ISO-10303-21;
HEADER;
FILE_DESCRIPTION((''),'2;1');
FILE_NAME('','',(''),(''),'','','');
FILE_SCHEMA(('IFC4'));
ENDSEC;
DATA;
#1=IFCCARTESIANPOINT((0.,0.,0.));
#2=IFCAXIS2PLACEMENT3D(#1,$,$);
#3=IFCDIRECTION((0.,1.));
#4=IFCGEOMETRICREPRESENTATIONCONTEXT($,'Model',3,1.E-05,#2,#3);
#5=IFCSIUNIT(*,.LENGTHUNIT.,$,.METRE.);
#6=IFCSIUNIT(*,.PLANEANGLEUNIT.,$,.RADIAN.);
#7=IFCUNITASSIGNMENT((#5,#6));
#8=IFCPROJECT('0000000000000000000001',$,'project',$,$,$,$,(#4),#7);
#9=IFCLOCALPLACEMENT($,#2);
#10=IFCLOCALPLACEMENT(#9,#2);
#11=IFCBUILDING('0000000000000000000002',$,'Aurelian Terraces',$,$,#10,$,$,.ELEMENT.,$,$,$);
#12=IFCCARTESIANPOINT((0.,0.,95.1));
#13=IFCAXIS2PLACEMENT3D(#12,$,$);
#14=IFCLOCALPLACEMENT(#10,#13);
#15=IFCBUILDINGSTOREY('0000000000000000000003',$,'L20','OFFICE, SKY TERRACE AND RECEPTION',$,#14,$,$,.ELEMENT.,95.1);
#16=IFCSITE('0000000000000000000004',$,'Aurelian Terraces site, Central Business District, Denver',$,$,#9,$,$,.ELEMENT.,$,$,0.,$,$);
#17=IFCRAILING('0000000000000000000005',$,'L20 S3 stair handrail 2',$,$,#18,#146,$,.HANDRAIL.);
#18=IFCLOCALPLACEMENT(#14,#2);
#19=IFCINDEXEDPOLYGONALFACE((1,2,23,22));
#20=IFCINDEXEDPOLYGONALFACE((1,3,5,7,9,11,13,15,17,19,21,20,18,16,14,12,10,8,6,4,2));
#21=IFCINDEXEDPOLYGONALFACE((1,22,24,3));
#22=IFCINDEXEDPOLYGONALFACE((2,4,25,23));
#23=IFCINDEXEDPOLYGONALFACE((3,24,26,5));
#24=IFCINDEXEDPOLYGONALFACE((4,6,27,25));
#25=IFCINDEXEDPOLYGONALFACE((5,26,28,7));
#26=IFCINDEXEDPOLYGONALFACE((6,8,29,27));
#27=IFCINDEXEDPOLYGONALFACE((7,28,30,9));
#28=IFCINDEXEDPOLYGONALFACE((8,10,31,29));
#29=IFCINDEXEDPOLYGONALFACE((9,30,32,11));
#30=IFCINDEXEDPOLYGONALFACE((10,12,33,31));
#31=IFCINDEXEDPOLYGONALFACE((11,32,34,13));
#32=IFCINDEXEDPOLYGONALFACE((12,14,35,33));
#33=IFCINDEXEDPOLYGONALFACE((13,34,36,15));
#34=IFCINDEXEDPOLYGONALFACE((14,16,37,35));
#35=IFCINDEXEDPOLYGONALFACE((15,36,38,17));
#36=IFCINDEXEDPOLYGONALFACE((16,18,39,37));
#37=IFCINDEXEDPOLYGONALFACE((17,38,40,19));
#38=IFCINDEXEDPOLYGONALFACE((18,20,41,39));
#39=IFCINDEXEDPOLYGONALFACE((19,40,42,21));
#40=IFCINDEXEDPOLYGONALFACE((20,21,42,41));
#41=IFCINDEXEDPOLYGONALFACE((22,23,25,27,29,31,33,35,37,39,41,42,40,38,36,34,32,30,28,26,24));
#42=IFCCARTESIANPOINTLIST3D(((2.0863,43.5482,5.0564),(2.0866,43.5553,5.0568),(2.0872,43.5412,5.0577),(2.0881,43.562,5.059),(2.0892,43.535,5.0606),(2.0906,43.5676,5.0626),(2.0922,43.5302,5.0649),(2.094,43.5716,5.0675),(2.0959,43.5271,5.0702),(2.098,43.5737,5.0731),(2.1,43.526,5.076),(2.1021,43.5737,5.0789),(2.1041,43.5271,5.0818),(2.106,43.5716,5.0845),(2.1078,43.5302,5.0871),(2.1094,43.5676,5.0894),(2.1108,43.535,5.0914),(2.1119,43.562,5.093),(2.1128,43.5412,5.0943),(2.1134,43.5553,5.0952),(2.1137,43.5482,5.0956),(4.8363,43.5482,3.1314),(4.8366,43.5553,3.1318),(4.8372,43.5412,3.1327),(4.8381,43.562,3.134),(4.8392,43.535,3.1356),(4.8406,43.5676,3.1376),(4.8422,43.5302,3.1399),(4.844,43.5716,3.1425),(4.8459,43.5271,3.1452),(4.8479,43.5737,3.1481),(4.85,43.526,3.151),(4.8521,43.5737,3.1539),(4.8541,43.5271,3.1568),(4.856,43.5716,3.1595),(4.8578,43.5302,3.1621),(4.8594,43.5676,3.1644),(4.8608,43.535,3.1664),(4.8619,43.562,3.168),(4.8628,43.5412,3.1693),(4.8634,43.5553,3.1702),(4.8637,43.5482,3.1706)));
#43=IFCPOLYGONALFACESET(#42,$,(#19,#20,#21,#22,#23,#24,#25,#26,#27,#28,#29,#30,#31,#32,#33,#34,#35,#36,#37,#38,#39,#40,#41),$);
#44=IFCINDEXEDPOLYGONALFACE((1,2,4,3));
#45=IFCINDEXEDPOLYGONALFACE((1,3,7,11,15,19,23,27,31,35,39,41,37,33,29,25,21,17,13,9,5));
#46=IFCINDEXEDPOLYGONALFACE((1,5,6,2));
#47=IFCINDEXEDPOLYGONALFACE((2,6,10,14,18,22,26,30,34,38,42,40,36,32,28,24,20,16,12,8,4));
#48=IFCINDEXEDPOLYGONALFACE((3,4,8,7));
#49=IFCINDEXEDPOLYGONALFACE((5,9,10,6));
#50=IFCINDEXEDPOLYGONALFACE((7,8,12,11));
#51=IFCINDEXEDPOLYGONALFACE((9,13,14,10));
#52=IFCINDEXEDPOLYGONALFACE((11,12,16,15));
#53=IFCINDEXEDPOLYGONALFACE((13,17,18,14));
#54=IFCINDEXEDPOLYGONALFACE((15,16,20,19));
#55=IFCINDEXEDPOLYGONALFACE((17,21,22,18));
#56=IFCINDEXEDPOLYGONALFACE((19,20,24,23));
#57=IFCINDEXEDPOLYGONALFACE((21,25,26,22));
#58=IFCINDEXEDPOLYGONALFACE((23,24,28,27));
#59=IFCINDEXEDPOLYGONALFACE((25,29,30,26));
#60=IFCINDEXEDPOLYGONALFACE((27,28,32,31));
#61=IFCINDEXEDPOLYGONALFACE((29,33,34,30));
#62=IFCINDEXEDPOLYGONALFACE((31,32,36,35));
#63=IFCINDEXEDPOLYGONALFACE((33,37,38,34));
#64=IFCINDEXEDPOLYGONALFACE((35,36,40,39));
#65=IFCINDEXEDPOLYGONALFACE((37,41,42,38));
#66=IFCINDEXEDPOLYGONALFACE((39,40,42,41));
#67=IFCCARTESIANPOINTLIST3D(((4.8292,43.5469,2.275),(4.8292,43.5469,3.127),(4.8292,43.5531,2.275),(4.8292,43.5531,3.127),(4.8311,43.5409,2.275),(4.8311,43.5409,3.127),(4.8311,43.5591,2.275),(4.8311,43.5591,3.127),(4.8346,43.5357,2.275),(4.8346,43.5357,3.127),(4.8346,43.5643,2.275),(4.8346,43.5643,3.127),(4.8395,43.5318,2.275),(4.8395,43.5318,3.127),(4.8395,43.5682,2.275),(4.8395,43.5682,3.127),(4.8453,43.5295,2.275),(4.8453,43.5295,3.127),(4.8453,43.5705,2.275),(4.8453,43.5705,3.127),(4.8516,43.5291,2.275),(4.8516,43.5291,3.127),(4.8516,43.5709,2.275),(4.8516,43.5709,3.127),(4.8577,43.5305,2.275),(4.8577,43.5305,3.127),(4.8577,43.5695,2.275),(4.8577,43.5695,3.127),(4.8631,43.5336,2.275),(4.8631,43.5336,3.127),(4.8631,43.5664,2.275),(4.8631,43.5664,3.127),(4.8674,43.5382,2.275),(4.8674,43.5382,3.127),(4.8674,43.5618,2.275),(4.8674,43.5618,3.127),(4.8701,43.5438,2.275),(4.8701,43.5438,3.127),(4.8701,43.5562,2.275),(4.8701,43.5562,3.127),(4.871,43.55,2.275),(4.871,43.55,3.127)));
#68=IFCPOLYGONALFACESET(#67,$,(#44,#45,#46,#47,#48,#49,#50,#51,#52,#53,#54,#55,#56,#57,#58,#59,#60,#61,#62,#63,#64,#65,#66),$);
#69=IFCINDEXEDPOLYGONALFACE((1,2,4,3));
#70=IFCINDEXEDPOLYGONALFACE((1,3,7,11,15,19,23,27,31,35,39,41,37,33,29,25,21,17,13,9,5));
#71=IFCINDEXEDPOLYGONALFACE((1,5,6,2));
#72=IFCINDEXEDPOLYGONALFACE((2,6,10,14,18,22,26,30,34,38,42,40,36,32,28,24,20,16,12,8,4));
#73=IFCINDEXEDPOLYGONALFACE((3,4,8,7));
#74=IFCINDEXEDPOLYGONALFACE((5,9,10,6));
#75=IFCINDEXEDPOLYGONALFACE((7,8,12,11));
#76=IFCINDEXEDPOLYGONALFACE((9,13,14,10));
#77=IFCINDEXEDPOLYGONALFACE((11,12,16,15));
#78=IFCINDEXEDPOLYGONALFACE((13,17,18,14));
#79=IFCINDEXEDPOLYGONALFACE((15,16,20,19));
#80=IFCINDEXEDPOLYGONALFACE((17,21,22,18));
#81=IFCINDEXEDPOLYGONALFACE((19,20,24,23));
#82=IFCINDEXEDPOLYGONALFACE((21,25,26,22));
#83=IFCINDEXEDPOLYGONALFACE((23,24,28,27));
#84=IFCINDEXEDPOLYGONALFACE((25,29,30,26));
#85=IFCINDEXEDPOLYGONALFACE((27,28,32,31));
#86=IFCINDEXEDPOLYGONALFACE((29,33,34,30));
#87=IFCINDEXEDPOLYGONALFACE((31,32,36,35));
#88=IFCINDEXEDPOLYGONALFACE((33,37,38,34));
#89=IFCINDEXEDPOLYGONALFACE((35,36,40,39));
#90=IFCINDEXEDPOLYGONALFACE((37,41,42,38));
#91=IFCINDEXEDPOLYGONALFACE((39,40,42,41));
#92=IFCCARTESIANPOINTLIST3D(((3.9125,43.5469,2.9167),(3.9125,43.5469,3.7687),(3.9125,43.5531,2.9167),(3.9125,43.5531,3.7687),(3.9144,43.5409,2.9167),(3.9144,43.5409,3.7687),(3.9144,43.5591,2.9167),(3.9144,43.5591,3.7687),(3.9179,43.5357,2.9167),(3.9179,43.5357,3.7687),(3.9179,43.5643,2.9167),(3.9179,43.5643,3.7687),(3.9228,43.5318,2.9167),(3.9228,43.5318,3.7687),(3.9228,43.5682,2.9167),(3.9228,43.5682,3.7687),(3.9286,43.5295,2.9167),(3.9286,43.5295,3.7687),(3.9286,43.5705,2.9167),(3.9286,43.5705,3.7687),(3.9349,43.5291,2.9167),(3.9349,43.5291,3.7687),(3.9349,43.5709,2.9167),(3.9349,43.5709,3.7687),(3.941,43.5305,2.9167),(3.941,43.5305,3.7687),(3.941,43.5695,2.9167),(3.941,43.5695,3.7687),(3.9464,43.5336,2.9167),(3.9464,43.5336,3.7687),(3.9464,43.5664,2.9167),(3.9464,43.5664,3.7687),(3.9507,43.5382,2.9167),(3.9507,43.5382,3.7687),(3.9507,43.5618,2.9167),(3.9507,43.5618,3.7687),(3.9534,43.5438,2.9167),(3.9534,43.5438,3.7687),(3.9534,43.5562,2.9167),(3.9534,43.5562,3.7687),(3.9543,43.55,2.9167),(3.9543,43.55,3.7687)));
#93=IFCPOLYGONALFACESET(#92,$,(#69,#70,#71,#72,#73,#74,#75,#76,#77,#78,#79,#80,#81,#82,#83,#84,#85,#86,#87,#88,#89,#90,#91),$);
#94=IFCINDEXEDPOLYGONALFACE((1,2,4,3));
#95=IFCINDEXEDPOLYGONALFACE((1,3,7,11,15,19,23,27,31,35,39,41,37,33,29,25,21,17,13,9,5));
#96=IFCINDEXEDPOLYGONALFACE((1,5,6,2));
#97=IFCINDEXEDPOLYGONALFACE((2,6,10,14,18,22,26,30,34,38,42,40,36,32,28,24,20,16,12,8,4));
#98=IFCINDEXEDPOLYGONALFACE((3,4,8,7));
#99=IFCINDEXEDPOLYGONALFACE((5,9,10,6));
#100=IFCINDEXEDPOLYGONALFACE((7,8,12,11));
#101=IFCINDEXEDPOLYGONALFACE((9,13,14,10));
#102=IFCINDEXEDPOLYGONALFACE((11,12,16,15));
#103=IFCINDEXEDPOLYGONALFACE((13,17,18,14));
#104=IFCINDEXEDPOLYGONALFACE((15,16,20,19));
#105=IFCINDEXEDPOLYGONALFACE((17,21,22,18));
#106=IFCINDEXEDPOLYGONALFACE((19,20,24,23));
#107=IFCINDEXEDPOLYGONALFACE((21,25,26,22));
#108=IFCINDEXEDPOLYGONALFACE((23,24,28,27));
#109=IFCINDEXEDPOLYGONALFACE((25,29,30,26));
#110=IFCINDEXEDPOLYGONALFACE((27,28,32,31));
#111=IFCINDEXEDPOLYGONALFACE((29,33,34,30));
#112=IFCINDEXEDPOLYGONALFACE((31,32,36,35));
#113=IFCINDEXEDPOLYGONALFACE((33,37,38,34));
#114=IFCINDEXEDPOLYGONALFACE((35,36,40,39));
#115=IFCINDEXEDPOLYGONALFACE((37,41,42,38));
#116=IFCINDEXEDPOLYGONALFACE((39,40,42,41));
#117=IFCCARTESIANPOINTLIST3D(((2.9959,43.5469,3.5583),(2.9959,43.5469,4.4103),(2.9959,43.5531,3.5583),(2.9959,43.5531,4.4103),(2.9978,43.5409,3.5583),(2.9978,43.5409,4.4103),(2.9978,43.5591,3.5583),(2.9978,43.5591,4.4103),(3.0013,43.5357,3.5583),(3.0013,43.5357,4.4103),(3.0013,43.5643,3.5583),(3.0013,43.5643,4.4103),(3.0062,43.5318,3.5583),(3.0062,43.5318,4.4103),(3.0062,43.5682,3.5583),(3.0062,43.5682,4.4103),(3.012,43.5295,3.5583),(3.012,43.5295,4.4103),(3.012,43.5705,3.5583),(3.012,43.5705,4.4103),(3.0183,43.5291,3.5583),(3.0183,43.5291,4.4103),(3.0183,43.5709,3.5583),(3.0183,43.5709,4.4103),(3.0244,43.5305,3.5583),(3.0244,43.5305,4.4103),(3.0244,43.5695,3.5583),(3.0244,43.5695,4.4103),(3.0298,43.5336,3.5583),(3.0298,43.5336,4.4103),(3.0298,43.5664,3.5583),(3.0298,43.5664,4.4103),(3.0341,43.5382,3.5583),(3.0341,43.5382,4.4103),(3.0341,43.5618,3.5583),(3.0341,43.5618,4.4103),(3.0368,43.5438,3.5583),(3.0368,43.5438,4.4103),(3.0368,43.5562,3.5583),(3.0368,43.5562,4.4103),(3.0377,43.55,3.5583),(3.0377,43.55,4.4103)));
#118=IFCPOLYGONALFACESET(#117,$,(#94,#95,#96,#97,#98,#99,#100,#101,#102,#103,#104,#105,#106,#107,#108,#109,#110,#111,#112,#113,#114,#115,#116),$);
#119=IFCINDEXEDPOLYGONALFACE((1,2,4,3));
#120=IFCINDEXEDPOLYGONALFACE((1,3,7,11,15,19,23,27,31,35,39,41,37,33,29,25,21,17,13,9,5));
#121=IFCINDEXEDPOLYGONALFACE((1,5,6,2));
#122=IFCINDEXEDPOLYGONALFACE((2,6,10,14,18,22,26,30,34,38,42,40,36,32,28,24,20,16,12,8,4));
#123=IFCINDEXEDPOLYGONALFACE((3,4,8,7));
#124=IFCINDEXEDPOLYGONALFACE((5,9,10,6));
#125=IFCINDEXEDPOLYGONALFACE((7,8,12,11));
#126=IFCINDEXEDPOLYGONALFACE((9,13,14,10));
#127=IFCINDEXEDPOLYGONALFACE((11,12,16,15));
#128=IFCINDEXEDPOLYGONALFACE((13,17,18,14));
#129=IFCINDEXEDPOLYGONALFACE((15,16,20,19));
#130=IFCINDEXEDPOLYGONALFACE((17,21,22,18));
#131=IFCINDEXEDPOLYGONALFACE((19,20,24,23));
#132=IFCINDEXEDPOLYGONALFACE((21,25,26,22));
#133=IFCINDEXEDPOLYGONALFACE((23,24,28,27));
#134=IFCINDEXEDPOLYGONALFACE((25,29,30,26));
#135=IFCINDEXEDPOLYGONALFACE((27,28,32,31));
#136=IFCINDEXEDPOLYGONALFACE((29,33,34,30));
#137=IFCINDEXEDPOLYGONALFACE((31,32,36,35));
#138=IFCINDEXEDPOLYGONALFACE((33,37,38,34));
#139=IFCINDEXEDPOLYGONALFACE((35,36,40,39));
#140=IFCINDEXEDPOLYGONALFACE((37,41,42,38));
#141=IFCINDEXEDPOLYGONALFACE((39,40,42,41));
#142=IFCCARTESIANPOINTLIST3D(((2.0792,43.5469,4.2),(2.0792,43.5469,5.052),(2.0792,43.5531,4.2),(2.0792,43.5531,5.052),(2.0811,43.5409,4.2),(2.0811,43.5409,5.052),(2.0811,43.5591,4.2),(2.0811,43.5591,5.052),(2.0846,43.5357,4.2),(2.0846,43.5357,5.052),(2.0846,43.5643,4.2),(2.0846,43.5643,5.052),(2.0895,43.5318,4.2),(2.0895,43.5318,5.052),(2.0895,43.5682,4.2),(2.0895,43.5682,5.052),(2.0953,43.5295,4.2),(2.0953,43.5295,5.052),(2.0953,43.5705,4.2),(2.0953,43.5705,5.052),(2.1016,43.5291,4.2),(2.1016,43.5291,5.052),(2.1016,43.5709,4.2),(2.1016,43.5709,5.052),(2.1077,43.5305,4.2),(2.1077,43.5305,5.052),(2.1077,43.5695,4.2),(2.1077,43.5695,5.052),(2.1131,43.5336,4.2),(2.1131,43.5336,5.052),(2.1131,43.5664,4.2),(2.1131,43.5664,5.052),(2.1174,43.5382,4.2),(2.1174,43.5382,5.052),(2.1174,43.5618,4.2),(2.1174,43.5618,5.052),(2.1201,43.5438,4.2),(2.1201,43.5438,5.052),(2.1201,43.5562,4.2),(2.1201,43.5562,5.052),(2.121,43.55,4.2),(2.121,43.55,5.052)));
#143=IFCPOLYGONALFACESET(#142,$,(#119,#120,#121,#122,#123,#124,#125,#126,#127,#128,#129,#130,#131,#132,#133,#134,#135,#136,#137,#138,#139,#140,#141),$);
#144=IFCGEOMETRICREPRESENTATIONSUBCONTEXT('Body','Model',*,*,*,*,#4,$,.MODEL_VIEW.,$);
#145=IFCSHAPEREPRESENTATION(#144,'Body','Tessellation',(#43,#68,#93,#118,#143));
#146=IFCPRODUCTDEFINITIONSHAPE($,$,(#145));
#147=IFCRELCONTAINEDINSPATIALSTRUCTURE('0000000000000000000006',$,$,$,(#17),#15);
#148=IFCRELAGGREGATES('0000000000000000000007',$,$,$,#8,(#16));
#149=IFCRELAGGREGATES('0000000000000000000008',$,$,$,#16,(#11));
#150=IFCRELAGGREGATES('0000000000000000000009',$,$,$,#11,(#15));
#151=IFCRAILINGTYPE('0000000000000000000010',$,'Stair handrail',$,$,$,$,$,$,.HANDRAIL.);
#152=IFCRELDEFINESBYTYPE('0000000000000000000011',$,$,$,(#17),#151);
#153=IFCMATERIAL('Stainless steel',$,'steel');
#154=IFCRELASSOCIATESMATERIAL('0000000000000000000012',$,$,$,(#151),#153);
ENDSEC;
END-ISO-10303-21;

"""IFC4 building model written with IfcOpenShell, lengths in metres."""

from ifc_helpers import new_model, si_unit, direction, frame, origin, origin_2d, place, context, subcontext, project, spatial, circle, extrude, source, transform, mapped, material, type_object, element, save


model = new_model("IFC4")

# Units and contexts
model_context = context("Model", 3, precision=1e-05, world=origin(), true_north=direction((0.0, 1.0)))
body_context = subcontext(model_context, "Body", "Model", "MODEL_VIEW")
ifc_project = project(units=[si_unit("LENGTHUNIT", "METRE"), si_unit("PLANEANGLEUNIT", "RADIAN")], contexts=[model_context])

# Site, building, storey
site_placement = place(None, origin())
site = spatial("IfcSite", under=ifc_project, at=site_placement, Name="Aurelian Terraces site, Central Business District, Denver", CompositionType="ELEMENT", RefElevation=0.0)
building_placement = place(site_placement, origin())
building = spatial("IfcBuilding", under=site, at=building_placement, Name="Aurelian Terraces", CompositionType="ELEMENT")
storey_placement = place(building_placement, frame((0.0, 0.0, 95.1)))
storey = spatial("IfcBuildingStorey", under=building, at=storey_placement, Name="L20", Description="OFFICE, SKY TERRACE AND RECEPTION", CompositionType="ELEMENT", Elevation=95.1)

# Railing
ifc_material_1 = material(Name="Stainless steel", Category="steel")
railing_type_1 = type_object("IfcRailingType", Name="Stair handrail", PredefinedType="HANDRAIL", material=ifc_material_1)
shared_shape_1 = source(origin(), body_context, "Body", "SweptSolid", [
    extrude(circle(Radius=0.024, at=origin_2d()), frame((0.0, 0.0, 0.876), z_axis=(-0.819232, 0.0, 0.573462), x_axis=(0.0, -1.0, 0.0)), (0.0, 0.0, 1.0), 3.3568),
    extrude(circle(Radius=0.021, at=origin_2d()), origin(), (0.0, 0.0, 1.0), 0.852),
    extrude(circle(Radius=0.021, at=origin_2d()), frame((-0.9167, 0.0, 0.6417)), (0.0, 0.0, 1.0), 0.852),
    extrude(circle(Radius=0.021, at=origin_2d()), frame((-1.8333, 0.0, 1.2833)), (0.0, 0.0, 1.0), 0.852),
    extrude(circle(Radius=0.021, at=origin_2d()), frame((-2.75, 0.0, 1.925)), (0.0, 0.0, 1.0), 0.852),
])
railing_1_placement = place(storey_placement, frame((4.85, 43.55, 2.275)))
element("IfcRailing", 1, at=railing_1_placement, inside=storey, type_object=railing_type_1, Name="L20 S3 stair handrail 2", PredefinedType="HANDRAIL", context=body_context, shape_type="MappedRepresentation", body=[
    mapped(shared_shape_1, transform((0.0, 0.0, 0.0), scale=1.0)),
])

save(model, "model.ifc")
